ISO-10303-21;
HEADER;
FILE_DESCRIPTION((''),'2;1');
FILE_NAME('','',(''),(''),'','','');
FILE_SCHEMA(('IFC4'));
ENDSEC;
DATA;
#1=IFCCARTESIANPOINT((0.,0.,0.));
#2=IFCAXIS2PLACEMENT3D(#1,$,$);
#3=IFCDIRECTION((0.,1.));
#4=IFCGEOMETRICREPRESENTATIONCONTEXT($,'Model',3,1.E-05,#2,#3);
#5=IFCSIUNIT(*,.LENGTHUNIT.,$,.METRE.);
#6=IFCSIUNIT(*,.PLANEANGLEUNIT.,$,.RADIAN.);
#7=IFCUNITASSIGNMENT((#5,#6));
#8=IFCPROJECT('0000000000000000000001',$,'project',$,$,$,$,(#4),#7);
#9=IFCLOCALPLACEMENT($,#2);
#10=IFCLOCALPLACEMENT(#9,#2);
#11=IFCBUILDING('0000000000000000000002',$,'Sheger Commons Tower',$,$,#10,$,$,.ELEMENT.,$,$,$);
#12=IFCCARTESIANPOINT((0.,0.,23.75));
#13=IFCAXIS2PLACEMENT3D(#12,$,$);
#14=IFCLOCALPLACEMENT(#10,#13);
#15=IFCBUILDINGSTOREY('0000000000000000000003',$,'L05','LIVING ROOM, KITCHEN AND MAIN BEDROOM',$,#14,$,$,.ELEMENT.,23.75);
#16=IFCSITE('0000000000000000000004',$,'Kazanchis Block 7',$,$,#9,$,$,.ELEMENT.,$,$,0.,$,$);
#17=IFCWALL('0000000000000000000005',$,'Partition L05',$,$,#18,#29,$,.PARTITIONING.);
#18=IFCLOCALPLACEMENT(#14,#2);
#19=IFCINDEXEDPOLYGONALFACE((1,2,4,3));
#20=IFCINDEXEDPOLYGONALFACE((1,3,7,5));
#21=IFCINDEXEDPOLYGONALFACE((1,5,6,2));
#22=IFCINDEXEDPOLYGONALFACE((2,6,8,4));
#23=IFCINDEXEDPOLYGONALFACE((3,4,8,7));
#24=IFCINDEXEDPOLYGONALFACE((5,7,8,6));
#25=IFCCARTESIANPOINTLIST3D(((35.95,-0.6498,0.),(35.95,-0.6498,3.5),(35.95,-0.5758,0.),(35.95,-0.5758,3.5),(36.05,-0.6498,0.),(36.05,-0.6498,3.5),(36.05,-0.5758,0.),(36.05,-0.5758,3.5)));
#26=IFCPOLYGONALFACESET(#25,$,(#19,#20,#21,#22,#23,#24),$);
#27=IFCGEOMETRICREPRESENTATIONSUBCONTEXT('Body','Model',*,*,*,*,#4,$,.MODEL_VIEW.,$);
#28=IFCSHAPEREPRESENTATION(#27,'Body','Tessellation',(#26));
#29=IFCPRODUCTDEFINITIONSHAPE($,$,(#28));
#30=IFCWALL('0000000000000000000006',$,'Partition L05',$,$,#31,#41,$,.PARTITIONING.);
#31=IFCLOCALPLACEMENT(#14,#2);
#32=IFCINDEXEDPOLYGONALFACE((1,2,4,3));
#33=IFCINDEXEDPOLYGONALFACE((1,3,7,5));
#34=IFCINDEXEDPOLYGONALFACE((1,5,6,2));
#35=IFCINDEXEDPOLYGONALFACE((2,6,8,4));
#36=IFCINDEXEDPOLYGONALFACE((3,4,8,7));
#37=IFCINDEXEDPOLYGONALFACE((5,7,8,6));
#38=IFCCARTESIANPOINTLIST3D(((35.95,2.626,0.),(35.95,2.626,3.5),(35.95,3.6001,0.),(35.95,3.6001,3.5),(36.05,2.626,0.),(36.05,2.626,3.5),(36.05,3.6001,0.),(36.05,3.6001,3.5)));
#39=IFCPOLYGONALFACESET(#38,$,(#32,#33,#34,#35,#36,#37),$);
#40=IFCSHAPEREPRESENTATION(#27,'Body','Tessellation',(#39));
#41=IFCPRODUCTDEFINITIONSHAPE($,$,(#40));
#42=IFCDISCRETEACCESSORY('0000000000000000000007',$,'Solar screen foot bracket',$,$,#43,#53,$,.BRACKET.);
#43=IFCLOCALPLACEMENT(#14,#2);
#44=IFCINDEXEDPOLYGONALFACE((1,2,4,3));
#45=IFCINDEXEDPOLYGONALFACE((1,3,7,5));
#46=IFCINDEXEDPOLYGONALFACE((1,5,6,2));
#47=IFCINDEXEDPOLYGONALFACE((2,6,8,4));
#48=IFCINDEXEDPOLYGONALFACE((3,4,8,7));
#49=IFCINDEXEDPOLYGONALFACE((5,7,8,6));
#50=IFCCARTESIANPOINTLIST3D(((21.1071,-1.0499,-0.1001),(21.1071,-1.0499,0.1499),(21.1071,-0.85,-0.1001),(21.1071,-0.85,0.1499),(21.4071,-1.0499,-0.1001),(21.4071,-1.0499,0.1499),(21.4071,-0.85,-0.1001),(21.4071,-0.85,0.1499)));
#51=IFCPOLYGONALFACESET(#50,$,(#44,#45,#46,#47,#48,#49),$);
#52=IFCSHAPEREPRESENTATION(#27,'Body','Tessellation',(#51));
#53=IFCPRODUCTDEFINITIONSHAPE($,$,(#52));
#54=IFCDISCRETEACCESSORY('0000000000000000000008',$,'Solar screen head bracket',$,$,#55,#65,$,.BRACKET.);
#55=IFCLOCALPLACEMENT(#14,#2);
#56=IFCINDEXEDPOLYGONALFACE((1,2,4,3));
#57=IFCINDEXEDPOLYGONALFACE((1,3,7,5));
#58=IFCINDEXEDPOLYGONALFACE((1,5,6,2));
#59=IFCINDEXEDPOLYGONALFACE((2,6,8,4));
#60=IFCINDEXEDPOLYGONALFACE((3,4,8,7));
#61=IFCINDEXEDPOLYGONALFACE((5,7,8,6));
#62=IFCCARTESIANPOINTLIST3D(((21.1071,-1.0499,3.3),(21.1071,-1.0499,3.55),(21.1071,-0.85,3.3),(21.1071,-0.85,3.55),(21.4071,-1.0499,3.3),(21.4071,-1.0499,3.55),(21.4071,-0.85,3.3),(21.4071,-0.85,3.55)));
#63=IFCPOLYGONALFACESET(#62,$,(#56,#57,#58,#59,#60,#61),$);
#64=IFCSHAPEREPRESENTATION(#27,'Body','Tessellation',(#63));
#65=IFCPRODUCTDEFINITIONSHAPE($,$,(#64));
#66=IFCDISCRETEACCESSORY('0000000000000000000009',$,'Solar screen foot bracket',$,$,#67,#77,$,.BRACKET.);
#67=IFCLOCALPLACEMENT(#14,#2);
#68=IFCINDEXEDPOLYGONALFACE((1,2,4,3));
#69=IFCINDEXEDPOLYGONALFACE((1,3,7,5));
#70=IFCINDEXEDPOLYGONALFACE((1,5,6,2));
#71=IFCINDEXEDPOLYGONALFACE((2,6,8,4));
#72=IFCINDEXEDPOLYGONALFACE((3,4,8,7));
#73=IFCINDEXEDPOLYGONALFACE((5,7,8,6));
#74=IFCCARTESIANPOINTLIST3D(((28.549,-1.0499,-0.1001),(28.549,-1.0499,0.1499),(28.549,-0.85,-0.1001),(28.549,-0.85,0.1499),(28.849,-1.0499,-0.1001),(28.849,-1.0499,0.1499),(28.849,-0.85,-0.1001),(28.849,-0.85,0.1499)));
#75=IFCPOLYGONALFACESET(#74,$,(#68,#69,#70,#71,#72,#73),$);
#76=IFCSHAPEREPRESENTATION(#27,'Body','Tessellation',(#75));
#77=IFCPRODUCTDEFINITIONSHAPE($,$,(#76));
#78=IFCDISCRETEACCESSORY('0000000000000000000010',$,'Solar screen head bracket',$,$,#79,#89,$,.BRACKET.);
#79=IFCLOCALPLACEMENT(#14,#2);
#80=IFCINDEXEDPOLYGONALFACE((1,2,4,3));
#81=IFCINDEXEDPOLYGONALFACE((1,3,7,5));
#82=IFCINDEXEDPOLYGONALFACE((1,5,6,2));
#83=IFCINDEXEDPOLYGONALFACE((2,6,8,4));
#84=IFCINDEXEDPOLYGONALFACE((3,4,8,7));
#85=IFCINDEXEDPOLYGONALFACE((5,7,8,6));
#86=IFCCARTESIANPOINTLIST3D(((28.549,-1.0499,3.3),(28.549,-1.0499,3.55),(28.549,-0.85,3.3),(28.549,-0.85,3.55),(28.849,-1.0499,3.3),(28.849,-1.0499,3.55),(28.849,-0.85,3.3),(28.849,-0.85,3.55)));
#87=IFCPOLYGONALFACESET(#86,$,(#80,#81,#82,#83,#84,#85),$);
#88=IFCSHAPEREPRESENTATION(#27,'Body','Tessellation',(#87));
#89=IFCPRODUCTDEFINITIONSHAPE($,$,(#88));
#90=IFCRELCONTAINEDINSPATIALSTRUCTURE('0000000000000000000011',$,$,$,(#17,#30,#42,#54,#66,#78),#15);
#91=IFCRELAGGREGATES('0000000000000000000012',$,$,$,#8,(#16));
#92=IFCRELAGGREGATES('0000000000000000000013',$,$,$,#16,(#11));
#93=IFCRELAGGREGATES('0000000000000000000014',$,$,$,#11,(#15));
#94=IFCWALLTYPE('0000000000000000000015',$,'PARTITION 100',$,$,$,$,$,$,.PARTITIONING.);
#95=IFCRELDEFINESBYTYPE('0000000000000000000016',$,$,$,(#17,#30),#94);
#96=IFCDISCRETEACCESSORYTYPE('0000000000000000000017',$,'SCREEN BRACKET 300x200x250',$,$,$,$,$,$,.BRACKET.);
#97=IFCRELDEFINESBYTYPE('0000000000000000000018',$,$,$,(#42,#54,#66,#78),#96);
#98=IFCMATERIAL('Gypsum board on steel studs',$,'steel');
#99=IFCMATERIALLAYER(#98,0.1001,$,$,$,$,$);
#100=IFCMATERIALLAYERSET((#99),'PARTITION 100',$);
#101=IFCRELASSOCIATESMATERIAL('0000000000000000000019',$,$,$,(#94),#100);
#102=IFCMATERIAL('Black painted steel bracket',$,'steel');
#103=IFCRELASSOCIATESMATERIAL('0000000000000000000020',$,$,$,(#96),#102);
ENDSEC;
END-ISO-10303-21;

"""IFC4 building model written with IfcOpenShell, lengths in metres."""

from ifc_helpers import new_model, si_unit, direction, frame, frame_2d, origin, origin_2d, place, context, subcontext, project, spatial, rectangle, extrude, material, layer, layer_set, type_object, element, save


model = new_model("IFC4")

# Units and contexts
model_context = context("Model", 3, precision=1e-05, world=origin(), true_north=direction((0.0, 1.0)))
body_context = subcontext(model_context, "Body", "Model", "MODEL_VIEW")
ifc_project = project(units=[si_unit("LENGTHUNIT", "METRE"), si_unit("PLANEANGLEUNIT", "RADIAN")], contexts=[model_context])

# Site, building, storey
site_placement = place(None, origin())
site = spatial("IfcSite", under=ifc_project, at=site_placement, Name="Kazanchis Block 7", CompositionType="ELEMENT", RefElevation=0.0)
building_placement = place(site_placement, origin())
building = spatial("IfcBuilding", under=site, at=building_placement, Name="Sheger Commons Tower", CompositionType="ELEMENT")
storey_placement = place(building_placement, frame((0.0, 0.0, 23.75)))
storey = spatial("IfcBuildingStorey", under=building, at=storey_placement, Name="L05", Description="LIVING ROOM, KITCHEN AND MAIN BEDROOM", CompositionType="ELEMENT", Elevation=23.75)

# Shared definitions
ifc_material_1 = material(Name="Gypsum board on steel studs", Category="steel")
ifc_layer_1 = layer(ifc_material_1, 0.1001)
ifc_layer_set_1 = layer_set([ifc_layer_1], Name="PARTITION 100")
wall_type_1 = type_object("IfcWallType", Name="PARTITION 100", PredefinedType="PARTITIONING", material=ifc_layer_set_1)

# Walls
wall_1_placement = place(storey_placement, frame((36.0, -0.6499, 0.0), z_axis=(0.0, 0.0, 1.0), x_axis=(0.0, 1.0, 0.0)))
element("IfcWall", 1, at=wall_1_placement, inside=storey, type_object=wall_type_1, Name="Partition L05", PredefinedType="PARTITIONING", context=body_context, shape_type="SweptSolid", body=[
    extrude(rectangle(XDim=0.074, YDim=0.1001, at=frame_2d((0.0371, 0.0))), origin(), (0.0, 0.0, 1.0), 3.5),
])
wall_2_placement = place(storey_placement, frame((36.0, 2.626, 0.0), z_axis=(0.0, 0.0, 1.0), x_axis=(0.0, 1.0, 0.0)))
element("IfcWall", 2, at=wall_2_placement, inside=storey, type_object=wall_type_1, Name="Partition L05", PredefinedType="PARTITIONING", context=body_context, shape_type="SweptSolid", body=[
    extrude(rectangle(XDim=0.9741, YDim=0.1001, at=frame_2d((0.4871, 0.0))), origin(), (0.0, 0.0, 1.0), 3.5),
])

# Discrete accessories
ifc_material_2 = material(Name="Black painted steel bracket", Category="steel")
discrete_accessory_type = type_object("IfcDiscreteAccessoryType", Name="SCREEN BRACKET 300x200x250", PredefinedType="BRACKET", material=ifc_material_2)
for number, where, z_axis, x_axis, name in (
    (3, (21.2571, -0.95, -0.1001), (0.0, 0.0, 1.0), (1.0, 0.0, 0.0), "Solar screen foot bracket"),
    (4, (21.2571, -0.95, 3.3), (0.0, 0.0, 1.0), (1.0, 0.0, 0.0), "Solar screen head bracket"),
    (5, (28.699, -0.95, -0.1001), (0.0, 0.0, 1.0), (1.0, 0.0, 0.0), "Solar screen foot bracket"),
    (6, (28.699, -0.95, 3.3), (0.0, 0.0, 1.0), (1.0, 0.0, 0.0), "Solar screen head bracket"),
):
    element("IfcDiscreteAccessory", number, at=place(storey_placement, frame(where, z_axis=z_axis, x_axis=x_axis)), inside=storey, type_object=discrete_accessory_type, Name=name, PredefinedType="BRACKET", context=body_context, shape_type="SweptSolid", body=[
        extrude(rectangle(XDim=0.3, YDim=0.2, at=origin_2d()), origin(), (0.0, 0.0, 1.0), 0.25),
    ])

save(model, "model.ifc")
